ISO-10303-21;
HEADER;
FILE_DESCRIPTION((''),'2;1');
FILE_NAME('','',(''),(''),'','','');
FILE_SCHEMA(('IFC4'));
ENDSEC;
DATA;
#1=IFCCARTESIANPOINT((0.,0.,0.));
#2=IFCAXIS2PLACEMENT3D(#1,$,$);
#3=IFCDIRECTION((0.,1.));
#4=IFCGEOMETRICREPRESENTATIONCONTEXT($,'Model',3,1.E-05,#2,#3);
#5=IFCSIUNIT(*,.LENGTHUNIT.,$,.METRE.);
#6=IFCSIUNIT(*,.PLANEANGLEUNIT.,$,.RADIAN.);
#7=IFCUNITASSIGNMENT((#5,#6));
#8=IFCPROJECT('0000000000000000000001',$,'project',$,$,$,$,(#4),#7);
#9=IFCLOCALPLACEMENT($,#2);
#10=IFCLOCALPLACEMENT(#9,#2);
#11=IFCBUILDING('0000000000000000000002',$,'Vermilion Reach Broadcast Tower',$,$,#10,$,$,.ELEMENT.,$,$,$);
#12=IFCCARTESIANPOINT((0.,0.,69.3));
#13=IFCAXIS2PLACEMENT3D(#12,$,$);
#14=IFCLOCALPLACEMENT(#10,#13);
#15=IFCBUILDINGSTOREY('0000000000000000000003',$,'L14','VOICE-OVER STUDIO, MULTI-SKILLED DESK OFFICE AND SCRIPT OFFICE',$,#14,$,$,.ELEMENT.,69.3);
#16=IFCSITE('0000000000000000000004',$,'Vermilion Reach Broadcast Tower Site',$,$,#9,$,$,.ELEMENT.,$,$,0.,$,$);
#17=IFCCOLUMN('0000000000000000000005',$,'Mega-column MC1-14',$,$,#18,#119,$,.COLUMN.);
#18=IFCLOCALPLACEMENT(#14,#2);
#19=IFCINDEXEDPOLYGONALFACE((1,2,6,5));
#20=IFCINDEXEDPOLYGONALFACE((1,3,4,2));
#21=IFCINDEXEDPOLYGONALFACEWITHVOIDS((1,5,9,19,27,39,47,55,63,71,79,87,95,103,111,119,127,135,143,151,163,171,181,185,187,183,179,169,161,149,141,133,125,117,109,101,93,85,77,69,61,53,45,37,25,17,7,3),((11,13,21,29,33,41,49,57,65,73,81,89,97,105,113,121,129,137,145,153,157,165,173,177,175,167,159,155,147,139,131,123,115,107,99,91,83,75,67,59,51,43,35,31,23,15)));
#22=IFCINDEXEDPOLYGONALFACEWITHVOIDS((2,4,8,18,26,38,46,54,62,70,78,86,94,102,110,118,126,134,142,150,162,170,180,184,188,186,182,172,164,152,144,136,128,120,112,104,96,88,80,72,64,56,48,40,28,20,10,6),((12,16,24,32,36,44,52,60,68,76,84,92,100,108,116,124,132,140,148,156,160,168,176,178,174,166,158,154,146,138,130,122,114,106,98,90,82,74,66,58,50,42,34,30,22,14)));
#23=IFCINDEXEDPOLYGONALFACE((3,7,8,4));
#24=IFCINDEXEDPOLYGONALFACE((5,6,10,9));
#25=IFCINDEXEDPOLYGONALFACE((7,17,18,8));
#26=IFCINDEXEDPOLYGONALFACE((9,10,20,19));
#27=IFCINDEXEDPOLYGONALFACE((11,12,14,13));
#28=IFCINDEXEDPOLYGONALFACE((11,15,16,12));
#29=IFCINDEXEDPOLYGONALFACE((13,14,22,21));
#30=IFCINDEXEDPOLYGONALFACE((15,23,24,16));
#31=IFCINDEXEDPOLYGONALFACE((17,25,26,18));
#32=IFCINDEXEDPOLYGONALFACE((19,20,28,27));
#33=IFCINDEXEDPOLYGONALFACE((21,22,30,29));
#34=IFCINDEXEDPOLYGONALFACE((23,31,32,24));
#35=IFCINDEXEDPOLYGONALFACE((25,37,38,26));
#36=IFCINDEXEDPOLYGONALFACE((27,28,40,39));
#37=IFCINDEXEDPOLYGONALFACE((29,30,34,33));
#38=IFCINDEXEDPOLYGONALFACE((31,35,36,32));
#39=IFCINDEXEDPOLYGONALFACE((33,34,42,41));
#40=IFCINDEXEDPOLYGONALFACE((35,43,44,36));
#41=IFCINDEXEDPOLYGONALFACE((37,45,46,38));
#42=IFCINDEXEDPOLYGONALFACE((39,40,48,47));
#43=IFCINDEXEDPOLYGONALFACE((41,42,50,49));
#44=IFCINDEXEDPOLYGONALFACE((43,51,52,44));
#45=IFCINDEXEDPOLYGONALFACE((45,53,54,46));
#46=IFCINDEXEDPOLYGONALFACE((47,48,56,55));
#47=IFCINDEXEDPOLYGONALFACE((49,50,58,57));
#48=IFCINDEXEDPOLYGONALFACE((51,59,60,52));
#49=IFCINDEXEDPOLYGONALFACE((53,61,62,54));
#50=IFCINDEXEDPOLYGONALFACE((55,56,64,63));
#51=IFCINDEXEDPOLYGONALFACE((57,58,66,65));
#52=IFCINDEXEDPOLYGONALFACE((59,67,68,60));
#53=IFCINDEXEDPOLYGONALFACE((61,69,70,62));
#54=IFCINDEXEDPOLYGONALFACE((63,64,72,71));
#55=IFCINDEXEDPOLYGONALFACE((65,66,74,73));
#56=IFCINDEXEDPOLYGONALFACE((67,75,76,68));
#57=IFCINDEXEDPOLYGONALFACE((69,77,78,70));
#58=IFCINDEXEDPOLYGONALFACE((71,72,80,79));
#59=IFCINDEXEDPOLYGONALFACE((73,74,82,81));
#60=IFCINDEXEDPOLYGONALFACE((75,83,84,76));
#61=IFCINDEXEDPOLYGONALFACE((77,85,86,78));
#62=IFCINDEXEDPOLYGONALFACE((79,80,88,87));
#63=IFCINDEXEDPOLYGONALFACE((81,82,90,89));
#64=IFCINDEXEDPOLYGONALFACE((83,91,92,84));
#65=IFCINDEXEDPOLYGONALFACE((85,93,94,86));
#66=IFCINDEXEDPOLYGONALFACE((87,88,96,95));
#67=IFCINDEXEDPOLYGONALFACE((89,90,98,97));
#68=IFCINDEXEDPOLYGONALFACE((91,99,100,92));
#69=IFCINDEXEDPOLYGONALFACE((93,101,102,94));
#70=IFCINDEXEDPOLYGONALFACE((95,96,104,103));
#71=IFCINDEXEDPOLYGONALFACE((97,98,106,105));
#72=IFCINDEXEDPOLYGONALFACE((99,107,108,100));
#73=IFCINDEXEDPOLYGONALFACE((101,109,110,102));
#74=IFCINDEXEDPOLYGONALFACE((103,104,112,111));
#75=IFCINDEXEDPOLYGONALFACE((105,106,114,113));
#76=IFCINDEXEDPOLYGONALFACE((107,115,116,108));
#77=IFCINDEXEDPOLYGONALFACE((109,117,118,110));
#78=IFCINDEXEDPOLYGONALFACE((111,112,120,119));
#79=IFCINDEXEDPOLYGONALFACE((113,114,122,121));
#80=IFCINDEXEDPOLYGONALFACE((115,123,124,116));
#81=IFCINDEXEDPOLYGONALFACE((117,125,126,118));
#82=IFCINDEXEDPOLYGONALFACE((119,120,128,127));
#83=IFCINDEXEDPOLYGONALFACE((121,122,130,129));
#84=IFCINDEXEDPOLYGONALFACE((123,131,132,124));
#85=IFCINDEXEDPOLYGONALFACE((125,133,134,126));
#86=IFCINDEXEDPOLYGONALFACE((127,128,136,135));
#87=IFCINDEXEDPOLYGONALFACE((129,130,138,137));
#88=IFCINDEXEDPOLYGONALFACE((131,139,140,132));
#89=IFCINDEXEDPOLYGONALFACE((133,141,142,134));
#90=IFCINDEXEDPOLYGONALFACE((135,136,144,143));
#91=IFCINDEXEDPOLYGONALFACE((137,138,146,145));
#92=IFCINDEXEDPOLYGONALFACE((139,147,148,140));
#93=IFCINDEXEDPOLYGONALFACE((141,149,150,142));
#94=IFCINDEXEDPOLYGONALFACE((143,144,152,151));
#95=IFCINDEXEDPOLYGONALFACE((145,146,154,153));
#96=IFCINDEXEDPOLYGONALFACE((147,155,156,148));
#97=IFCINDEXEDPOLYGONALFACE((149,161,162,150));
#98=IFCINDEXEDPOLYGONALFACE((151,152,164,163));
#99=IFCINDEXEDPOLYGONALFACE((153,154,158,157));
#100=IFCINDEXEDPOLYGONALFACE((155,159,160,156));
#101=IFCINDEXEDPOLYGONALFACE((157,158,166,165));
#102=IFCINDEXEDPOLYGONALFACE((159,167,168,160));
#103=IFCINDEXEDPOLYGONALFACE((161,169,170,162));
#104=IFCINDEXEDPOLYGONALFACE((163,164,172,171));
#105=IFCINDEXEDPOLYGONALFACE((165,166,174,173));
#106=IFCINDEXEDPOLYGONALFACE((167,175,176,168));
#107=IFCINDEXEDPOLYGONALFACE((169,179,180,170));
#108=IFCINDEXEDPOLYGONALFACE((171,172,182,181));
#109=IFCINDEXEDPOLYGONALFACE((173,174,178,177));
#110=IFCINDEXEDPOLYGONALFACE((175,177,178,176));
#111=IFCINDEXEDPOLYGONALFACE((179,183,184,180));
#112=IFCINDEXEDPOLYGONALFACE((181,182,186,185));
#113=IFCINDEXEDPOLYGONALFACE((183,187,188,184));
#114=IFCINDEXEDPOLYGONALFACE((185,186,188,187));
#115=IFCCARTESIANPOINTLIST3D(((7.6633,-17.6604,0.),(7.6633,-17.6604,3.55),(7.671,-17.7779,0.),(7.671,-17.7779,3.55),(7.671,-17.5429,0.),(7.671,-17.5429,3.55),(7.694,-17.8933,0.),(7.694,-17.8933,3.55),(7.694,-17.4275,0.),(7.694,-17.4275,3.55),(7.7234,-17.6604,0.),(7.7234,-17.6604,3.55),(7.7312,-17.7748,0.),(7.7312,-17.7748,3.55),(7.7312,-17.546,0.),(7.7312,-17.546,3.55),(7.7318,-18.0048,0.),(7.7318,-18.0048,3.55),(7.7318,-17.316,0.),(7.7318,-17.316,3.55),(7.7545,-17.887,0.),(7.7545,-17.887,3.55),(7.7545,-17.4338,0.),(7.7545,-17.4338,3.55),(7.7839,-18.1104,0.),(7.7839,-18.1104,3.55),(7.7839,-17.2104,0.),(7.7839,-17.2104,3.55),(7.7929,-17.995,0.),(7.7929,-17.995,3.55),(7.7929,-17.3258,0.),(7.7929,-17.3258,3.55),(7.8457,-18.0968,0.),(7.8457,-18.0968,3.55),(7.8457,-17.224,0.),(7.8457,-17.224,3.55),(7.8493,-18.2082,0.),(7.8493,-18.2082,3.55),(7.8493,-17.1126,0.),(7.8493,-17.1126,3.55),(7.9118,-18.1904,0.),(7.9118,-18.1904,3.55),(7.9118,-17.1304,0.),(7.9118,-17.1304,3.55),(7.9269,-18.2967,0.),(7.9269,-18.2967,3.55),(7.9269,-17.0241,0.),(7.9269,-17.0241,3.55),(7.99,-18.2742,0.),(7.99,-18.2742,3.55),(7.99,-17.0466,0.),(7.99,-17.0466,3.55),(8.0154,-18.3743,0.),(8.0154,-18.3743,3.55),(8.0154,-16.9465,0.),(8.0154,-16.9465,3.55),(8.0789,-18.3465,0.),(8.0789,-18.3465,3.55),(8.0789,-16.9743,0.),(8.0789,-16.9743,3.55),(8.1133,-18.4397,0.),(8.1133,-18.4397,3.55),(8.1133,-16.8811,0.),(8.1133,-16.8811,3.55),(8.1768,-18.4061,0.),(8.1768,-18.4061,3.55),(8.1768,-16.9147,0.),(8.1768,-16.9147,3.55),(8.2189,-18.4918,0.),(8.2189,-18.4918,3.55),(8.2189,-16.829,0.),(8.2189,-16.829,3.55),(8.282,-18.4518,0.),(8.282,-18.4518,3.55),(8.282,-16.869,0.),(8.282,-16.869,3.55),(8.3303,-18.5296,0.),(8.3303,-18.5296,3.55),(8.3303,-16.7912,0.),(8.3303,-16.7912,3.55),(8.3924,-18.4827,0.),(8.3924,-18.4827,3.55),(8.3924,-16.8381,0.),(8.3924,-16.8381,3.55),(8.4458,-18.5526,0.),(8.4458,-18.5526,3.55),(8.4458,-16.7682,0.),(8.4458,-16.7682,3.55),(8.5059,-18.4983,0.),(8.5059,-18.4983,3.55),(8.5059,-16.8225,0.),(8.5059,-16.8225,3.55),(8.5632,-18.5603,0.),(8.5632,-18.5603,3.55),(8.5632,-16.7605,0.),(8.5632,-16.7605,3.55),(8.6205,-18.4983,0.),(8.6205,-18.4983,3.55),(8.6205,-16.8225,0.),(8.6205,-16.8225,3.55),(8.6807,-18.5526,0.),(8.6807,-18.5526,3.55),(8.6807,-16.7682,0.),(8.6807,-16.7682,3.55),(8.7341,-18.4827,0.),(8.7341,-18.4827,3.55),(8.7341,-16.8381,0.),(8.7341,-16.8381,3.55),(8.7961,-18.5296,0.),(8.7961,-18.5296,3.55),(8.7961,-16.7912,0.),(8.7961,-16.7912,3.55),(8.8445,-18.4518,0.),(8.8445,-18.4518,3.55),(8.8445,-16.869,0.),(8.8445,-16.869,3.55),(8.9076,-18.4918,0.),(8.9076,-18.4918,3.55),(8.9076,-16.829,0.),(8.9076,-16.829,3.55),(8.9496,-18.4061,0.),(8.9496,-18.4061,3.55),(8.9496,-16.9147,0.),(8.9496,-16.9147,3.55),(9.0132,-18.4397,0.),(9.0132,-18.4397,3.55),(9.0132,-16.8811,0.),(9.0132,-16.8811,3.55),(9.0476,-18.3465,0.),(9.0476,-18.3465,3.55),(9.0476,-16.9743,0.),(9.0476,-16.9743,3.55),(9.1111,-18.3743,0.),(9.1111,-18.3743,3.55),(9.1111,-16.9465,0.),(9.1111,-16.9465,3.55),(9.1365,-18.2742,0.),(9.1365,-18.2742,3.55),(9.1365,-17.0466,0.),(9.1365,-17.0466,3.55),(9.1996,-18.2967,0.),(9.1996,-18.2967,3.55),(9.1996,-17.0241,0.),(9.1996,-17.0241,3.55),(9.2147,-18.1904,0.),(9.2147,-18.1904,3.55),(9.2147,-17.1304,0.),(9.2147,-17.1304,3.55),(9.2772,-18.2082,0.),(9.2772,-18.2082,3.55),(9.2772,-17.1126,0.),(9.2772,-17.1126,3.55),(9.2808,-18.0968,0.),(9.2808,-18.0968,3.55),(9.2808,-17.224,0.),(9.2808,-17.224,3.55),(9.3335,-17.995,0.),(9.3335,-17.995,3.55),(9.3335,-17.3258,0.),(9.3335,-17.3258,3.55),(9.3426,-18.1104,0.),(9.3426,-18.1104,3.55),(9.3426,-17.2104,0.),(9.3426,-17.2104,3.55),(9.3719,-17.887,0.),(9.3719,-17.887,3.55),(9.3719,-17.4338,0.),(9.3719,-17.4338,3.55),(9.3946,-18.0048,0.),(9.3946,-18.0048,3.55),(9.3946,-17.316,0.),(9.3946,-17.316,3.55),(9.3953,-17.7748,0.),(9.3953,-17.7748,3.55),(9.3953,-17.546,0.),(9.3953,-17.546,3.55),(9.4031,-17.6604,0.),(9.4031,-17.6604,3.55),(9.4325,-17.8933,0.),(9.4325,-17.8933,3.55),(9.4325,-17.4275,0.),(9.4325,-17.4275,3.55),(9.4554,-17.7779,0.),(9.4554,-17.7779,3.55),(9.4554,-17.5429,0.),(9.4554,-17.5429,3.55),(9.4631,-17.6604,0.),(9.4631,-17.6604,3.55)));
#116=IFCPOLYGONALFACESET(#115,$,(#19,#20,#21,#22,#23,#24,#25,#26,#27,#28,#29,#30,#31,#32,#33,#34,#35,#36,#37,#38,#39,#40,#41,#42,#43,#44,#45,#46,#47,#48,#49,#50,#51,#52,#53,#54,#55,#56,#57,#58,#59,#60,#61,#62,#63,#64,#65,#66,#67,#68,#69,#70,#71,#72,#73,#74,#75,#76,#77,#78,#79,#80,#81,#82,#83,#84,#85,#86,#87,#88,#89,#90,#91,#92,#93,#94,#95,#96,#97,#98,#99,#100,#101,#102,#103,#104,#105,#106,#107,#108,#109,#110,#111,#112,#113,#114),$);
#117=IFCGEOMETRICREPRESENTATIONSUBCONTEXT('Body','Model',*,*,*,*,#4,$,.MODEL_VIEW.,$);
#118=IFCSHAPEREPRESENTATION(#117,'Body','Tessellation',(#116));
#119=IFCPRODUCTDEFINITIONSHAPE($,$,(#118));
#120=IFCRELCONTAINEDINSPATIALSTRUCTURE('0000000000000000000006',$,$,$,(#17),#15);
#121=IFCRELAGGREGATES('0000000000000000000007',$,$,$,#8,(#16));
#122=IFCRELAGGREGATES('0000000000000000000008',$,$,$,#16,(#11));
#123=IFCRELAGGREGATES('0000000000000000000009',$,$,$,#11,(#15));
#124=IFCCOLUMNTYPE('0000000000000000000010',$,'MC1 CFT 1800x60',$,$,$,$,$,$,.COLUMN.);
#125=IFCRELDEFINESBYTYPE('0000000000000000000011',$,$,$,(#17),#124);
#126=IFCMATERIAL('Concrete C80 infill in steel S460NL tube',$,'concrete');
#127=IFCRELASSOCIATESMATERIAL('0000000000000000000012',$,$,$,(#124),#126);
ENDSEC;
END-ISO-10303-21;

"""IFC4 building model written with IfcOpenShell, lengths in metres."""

from ifc_helpers import new_model, si_unit, direction, frame, origin, origin_2d, place, context, subcontext, project, spatial, hollow_circle, extrude, material, material_profile, profile_set, type_object, element, save


model = new_model("IFC4")

# Units and contexts
model_context = context("Model", 3, precision=1e-05, world=origin(), true_north=direction((0.0, 1.0)))
body_context = subcontext(model_context, "Body", "Model", "MODEL_VIEW")
ifc_project = project(units=[si_unit("LENGTHUNIT", "METRE"), si_unit("PLANEANGLEUNIT", "RADIAN")], contexts=[model_context])

# Site, building, storey
site_placement = place(None, origin())
site = spatial("IfcSite", under=ifc_project, at=site_placement, Name="Vermilion Reach Broadcast Tower Site", CompositionType="ELEMENT", RefElevation=0.0)
building_placement = place(site_placement, origin())
building = spatial("IfcBuilding", under=site, at=building_placement, Name="Vermilion Reach Broadcast Tower", CompositionType="ELEMENT")
storey_placement = place(building_placement, frame((0.0, 0.0, 69.3)))
storey = spatial("IfcBuildingStorey", under=building, at=storey_placement, Name="L14", Description="VOICE-OVER STUDIO, MULTI-SKILLED DESK OFFICE AND SCRIPT OFFICE", CompositionType="ELEMENT", Elevation=69.3)

# Column
ifc_material_1 = material(Name="Concrete C80 infill in steel S460NL tube", Category="concrete")
ifc_material_profile_1 = material_profile(ifc_material_1, hollow_circle(Radius=0.8999, WallThickness=0.0601, at=origin_2d()), Name="Concrete C80 infill in steel S460NL tube CFT 1800x60")
ifc_profile_set_1 = profile_set([ifc_material_profile_1], Name="Concrete C80 infill in steel S460NL tube")
column_type = type_object("IfcColumnType", Name="MC1 CFT 1800x60", PredefinedType="COLUMN", material=ifc_profile_set_1)
for number, where, z_axis, x_axis, name in (
    (1, (8.5632, -17.6604, 0.0), (0.0, 0.0, 1.0), (1.0, 0.0, 0.0), "Mega-column MC1-14"),
):
    element("IfcColumn", number, at=place(storey_placement, frame(where, z_axis=z_axis, x_axis=x_axis)), inside=storey, type_object=column_type, Name=name, PredefinedType="COLUMN", context=body_context, shape_type="SweptSolid", body=[
        extrude(hollow_circle(Radius=0.8999, WallThickness=0.0601, at=origin_2d()), origin(), (0.0, 0.0, 1.0), 3.55),
    ])

save(model, "model.ifc")
